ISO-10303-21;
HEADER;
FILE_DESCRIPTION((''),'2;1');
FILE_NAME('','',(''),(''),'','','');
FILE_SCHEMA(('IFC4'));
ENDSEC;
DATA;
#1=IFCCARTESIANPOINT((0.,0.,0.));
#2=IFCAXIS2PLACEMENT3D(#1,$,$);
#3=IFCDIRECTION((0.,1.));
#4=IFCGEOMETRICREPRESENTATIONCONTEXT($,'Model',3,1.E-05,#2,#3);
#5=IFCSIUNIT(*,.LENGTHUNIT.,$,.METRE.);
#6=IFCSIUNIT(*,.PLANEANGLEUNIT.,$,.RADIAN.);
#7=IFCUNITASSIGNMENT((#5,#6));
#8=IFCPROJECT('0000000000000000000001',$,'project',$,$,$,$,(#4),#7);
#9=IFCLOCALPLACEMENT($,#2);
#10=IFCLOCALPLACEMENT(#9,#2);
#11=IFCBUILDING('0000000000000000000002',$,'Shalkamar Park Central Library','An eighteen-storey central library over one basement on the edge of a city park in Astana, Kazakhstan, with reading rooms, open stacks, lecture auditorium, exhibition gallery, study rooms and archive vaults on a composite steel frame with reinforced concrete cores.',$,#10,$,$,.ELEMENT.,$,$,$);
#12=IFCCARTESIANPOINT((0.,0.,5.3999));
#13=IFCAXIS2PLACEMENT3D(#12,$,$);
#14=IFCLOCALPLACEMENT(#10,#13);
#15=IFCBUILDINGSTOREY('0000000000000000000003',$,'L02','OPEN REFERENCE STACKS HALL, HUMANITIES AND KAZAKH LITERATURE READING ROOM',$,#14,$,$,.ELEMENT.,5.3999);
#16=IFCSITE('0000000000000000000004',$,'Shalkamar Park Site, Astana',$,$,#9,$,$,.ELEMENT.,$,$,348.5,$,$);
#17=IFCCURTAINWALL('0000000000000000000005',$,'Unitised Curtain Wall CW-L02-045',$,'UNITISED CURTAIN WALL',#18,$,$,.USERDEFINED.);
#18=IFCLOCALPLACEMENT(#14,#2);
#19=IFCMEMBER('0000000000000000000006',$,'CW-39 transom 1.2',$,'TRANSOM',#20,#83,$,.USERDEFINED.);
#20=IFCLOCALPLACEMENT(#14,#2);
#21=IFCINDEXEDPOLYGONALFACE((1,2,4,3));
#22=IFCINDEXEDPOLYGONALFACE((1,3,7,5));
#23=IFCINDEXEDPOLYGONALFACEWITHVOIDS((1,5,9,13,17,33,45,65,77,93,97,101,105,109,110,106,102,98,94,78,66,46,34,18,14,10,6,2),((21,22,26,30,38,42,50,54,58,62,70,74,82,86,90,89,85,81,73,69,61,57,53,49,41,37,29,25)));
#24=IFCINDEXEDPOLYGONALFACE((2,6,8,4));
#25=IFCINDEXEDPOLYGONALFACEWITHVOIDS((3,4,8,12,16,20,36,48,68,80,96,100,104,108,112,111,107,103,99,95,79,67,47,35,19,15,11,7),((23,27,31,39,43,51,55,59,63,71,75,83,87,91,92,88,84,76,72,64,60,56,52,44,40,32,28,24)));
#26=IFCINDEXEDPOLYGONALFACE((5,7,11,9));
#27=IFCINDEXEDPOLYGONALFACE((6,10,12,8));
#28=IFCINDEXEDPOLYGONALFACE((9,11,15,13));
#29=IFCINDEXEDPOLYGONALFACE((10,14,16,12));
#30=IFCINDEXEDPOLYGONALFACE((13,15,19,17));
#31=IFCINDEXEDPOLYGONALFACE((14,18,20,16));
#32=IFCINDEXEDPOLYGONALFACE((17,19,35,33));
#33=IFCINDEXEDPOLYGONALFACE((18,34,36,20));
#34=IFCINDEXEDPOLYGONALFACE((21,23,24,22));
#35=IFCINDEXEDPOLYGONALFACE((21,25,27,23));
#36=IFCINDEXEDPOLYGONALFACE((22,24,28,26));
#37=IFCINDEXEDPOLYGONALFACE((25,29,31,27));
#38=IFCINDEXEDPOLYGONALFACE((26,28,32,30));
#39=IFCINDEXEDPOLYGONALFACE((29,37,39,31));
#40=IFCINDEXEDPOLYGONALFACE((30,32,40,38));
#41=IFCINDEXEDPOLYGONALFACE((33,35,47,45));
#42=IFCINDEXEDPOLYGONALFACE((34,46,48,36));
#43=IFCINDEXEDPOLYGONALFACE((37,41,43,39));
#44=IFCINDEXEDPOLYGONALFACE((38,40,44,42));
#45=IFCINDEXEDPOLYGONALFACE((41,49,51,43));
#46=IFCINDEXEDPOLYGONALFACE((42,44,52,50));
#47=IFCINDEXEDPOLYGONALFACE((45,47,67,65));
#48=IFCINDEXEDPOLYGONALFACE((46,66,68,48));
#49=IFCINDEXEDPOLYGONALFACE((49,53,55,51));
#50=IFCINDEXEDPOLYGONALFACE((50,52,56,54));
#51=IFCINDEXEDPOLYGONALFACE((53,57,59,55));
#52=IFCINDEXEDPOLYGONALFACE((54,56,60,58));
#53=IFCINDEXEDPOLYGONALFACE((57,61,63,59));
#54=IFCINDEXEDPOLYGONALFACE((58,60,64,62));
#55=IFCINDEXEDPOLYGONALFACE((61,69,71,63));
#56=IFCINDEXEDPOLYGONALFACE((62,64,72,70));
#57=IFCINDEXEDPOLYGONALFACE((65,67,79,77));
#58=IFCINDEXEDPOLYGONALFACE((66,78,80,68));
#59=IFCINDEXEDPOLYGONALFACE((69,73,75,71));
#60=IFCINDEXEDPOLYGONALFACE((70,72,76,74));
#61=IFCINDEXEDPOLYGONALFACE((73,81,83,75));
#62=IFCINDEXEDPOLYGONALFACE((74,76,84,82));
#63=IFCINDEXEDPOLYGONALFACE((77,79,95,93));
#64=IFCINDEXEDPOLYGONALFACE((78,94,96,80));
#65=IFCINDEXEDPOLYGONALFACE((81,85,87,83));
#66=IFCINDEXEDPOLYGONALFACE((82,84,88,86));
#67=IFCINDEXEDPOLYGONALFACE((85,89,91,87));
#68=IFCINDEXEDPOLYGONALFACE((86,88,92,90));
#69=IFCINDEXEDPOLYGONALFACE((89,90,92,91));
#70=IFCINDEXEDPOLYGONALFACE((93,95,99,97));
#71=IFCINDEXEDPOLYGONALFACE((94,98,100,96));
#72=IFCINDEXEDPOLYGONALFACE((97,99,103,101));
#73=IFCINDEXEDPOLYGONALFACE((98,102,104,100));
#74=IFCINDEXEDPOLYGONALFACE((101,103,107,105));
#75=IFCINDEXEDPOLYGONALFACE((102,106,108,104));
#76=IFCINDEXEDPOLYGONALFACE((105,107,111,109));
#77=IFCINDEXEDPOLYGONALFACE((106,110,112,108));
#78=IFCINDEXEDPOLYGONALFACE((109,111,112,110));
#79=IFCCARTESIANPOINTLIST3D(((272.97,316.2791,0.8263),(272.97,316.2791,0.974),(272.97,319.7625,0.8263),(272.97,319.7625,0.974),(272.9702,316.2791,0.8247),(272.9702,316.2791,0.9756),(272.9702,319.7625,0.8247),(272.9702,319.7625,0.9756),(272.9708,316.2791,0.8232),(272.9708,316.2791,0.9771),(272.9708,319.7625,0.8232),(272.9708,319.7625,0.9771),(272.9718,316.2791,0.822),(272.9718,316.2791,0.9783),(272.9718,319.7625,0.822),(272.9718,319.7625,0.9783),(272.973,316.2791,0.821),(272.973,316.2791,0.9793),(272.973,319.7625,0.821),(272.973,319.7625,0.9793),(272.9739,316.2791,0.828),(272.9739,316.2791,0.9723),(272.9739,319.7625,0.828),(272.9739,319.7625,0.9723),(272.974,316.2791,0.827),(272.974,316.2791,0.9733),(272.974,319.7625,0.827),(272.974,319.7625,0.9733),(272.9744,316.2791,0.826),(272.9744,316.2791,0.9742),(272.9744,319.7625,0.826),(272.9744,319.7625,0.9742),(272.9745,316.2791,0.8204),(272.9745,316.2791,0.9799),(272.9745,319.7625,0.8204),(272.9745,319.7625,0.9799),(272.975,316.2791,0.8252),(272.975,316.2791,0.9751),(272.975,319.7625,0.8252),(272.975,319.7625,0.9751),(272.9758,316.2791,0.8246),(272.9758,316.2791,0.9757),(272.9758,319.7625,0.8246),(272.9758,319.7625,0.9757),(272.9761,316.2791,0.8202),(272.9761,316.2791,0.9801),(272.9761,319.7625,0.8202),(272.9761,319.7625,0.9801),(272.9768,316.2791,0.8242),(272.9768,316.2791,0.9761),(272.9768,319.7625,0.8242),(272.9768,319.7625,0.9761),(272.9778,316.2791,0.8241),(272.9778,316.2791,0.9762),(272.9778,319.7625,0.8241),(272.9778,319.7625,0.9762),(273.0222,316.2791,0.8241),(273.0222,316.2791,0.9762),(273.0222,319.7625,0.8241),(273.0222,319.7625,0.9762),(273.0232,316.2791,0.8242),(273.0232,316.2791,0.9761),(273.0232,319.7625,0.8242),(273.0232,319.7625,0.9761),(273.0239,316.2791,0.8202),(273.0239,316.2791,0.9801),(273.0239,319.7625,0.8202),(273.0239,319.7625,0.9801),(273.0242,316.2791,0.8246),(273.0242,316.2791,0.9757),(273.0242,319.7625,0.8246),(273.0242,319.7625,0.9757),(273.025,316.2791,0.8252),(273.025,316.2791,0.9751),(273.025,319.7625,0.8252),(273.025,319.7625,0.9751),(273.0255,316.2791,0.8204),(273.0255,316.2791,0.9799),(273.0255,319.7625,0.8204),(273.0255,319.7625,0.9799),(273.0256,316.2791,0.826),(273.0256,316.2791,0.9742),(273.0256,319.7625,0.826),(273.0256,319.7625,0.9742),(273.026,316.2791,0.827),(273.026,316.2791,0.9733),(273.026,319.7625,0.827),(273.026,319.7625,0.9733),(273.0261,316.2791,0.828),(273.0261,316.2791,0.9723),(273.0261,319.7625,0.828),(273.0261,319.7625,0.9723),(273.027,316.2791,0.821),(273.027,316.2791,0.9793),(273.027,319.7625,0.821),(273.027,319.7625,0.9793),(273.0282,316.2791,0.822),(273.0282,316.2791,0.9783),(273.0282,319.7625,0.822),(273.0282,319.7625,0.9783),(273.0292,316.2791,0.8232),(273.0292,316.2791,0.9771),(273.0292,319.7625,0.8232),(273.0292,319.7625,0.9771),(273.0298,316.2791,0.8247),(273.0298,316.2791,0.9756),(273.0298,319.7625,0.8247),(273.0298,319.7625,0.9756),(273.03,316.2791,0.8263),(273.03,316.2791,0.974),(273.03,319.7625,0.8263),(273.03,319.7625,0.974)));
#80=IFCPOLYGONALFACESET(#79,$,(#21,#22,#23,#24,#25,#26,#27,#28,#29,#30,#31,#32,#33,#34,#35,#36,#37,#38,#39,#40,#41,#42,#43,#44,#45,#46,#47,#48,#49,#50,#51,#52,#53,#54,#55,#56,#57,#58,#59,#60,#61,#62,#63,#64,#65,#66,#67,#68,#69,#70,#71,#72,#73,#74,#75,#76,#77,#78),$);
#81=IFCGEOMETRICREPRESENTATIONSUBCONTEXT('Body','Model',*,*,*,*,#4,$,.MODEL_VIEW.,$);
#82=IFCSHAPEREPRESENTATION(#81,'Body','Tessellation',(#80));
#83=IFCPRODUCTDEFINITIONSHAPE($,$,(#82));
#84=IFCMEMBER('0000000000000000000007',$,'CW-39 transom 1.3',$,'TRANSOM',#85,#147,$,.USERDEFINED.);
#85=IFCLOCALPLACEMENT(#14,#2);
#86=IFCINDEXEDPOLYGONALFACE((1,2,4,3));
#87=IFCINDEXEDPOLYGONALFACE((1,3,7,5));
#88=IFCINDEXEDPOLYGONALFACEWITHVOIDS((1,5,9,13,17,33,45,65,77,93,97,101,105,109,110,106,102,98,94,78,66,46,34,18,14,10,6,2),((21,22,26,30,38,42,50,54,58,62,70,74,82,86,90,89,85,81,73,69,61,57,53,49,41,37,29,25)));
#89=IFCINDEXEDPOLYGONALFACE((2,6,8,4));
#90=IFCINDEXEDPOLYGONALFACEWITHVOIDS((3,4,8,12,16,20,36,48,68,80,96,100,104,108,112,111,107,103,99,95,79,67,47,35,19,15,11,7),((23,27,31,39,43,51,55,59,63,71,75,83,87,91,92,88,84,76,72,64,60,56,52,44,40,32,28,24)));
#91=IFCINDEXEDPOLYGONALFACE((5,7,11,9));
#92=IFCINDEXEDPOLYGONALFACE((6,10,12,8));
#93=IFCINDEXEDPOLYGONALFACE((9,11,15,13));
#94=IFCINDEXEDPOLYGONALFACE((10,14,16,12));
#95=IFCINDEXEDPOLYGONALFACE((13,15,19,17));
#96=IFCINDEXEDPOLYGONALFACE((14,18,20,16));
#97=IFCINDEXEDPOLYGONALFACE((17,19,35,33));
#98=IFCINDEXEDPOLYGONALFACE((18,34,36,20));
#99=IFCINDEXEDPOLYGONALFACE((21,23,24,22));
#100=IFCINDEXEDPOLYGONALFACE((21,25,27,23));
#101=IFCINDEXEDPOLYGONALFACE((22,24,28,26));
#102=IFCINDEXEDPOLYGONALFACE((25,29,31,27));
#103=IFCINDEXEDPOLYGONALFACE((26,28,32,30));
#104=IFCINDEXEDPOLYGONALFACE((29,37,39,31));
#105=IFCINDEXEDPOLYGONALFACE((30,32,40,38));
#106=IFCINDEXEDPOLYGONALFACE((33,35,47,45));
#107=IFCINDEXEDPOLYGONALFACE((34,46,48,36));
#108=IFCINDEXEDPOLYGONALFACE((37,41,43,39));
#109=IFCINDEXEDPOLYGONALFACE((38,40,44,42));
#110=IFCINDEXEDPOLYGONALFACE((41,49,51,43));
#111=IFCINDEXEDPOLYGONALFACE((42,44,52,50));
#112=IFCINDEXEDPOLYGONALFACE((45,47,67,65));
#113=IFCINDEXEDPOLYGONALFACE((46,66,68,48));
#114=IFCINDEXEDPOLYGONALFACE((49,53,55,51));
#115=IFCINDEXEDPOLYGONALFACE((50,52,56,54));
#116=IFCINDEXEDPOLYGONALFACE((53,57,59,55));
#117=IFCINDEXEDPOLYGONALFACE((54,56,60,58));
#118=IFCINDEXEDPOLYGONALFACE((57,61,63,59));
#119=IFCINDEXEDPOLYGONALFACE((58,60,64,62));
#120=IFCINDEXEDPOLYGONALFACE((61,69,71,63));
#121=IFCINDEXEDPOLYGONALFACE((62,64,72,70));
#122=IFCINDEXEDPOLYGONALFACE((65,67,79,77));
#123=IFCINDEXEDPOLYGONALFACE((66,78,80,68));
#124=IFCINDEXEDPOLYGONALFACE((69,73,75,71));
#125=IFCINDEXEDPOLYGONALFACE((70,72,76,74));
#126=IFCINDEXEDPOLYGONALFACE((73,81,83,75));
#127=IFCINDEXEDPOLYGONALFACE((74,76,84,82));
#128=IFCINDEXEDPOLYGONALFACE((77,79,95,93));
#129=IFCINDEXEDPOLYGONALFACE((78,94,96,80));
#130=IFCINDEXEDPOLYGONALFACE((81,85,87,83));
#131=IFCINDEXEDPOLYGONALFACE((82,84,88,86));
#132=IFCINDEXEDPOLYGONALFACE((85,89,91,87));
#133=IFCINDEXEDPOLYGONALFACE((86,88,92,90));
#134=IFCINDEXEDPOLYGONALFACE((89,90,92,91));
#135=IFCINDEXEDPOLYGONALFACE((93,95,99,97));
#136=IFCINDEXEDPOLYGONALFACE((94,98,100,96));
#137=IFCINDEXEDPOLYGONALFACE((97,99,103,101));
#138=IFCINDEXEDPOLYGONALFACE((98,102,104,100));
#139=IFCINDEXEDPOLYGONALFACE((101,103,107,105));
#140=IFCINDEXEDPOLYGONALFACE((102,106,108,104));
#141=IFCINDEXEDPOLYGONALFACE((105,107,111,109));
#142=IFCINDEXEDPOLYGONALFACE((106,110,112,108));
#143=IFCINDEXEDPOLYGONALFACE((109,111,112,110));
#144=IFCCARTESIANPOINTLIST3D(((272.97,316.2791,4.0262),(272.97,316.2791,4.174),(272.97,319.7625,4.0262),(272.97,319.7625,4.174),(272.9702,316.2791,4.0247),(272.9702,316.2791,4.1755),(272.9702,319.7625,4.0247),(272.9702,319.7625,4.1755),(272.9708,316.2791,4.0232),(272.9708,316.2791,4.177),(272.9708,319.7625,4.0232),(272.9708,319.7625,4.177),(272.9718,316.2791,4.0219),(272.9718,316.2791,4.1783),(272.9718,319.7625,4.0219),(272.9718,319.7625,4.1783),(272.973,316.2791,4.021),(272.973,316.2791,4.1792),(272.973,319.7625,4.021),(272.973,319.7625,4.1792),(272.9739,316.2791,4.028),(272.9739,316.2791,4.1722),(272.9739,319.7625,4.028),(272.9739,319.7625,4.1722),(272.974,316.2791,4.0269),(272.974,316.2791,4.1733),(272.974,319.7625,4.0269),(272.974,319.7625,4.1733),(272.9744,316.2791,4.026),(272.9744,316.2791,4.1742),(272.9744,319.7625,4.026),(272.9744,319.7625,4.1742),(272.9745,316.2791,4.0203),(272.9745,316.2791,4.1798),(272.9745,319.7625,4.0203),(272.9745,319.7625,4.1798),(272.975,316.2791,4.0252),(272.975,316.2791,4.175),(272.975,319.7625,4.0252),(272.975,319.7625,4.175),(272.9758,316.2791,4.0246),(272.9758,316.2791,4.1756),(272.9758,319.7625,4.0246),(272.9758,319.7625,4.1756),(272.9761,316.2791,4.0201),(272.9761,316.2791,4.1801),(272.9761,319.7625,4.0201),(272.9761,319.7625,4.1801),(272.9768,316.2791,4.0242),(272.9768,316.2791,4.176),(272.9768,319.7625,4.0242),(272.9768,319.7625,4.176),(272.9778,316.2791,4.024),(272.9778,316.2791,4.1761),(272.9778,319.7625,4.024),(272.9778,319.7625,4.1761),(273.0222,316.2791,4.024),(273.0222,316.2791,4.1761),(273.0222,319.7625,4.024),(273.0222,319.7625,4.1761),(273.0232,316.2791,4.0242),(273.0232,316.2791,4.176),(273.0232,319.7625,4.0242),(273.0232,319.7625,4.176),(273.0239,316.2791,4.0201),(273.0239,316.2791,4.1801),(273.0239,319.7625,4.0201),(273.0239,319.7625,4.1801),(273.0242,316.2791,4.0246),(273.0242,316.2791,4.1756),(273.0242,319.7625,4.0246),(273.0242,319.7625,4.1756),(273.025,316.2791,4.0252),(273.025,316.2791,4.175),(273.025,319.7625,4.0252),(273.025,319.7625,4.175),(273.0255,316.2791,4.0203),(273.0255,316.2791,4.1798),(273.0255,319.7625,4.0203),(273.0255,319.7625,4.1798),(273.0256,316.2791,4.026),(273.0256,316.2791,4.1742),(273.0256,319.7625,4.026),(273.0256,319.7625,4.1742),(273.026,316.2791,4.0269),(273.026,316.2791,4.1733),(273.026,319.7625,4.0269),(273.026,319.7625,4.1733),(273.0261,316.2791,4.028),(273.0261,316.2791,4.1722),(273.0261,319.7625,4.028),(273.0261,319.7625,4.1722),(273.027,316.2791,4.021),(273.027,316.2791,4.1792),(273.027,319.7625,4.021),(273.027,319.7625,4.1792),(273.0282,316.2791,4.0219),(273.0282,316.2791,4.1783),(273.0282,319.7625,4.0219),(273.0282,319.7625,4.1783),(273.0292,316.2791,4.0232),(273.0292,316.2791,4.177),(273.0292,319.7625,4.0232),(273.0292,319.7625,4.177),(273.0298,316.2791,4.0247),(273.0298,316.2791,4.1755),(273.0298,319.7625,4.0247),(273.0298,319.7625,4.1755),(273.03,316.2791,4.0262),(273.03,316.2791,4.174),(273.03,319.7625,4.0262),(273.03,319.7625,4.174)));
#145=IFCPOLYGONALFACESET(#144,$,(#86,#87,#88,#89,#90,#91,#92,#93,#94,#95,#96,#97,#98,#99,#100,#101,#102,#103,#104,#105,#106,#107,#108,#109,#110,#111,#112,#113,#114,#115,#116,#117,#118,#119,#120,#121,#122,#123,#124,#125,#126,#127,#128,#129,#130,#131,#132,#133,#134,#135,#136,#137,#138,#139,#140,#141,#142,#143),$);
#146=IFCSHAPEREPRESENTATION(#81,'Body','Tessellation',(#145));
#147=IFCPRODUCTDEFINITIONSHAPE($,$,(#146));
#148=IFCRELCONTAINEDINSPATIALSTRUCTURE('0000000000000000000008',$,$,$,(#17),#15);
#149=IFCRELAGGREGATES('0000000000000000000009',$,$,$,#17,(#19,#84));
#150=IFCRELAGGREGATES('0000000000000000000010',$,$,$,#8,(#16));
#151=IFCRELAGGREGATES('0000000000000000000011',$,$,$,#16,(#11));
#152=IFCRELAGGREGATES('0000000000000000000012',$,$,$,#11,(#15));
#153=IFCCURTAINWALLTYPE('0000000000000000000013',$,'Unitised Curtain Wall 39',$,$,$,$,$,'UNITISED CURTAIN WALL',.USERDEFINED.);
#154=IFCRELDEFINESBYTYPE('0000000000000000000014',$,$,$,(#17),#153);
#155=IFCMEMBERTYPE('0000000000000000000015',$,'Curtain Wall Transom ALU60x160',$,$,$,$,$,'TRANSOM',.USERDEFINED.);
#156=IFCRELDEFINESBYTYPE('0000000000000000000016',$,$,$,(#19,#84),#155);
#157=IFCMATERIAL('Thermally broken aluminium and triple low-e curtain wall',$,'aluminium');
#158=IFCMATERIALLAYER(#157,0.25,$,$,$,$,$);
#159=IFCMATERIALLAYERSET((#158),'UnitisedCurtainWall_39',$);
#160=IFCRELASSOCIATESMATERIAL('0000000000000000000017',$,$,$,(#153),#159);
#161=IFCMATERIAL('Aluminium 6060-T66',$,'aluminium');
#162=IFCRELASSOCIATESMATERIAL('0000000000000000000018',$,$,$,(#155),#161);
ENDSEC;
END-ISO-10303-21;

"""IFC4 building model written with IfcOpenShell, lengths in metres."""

from ifc_helpers import new_model, si_unit, direction, frame, origin, origin_2d, place, context, subcontext, project, spatial, hollow_rectangle, extrude, material, layer, layer_set, material_profile, profile_set, type_object, element, aggregate, save


model = new_model("IFC4")

# Units and contexts
model_context = context("Model", 3, precision=1e-05, world=origin(), true_north=direction((0.0, 1.0)))
body_context = subcontext(model_context, "Body", "Model", "MODEL_VIEW")
ifc_project = project(units=[si_unit("LENGTHUNIT", "METRE"), si_unit("PLANEANGLEUNIT", "RADIAN")], contexts=[model_context])

# Site, building, storey
site_placement = place(None, origin())
site = spatial("IfcSite", under=ifc_project, at=site_placement, Name="Shalkamar Park Site, Astana", CompositionType="ELEMENT", RefElevation=348.5)
building_placement = place(site_placement, origin())
building = spatial("IfcBuilding", under=site, at=building_placement, Name="Shalkamar Park Central Library", Description="An eighteen-storey central library over one basement on the edge of a city park in Astana, Kazakhstan, with reading rooms, open stacks, lecture auditorium, exhibition gallery, study rooms and archive vaults on a composite steel frame with reinforced concrete cores.", CompositionType="ELEMENT")
storey_placement = place(building_placement, frame((0.0, 0.0, 5.3999)))
storey = spatial("IfcBuildingStorey", under=building, at=storey_placement, Name="L02", Description="OPEN REFERENCE STACKS HALL, HUMANITIES AND KAZAKH LITERATURE READING ROOM", CompositionType="ELEMENT", Elevation=5.3999)

# Curtain wall, members
ifc_material_1 = material(Name="Thermally broken aluminium and triple low-e curtain wall", Category="aluminium")
ifc_layer_1 = layer(ifc_material_1, 0.25)
ifc_layer_set_1 = layer_set([ifc_layer_1], Name="UnitisedCurtainWall_39")
curtain_wall_type = type_object("IfcCurtainWallType", Name="Unitised Curtain Wall 39", ElementType="UNITISED CURTAIN WALL", PredefinedType="USERDEFINED", material=ifc_layer_set_1)
curtain_wall_placement = place(storey_placement, origin())
curtain_wall = element("IfcCurtainWall", 1, at=curtain_wall_placement, inside=storey, type_object=curtain_wall_type, Name="Unitised Curtain Wall CW-L02-045", ObjectType="UNITISED CURTAIN WALL", PredefinedType="USERDEFINED")
ifc_material_2 = material(Name="Aluminium 6060-T66", Category="aluminium")
ifc_material_profile_1 = material_profile(ifc_material_2, hollow_rectangle(XDim=0.0601, YDim=0.1599, WallThickness=0.0039, InnerFilletRadius=0.0039, OuterFilletRadius=0.0061, at=origin_2d()), Name="ALU 60x160x4")
ifc_profile_set_1 = profile_set([ifc_material_profile_1], Name="Aluminium 6060-T66")
member_type_1 = type_object("IfcMemberType", Name="Curtain Wall Transom ALU60x160", ElementType="TRANSOM", PredefinedType="USERDEFINED", material=ifc_profile_set_1)
member_1_placement = place(storey_placement, frame((273.0, 316.2791, 0.9001), z_axis=(0.0, 1.0, 0.0), x_axis=(-1.0, 0.0, 0.0)))
member_1 = element("IfcMember", 2, at=member_1_placement, type_object=member_type_1, Name="CW-39 transom 1.2", ObjectType="TRANSOM", PredefinedType="USERDEFINED", context=body_context, shape_type="SweptSolid", body=[
    extrude(hollow_rectangle(XDim=0.0601, YDim=0.1599, WallThickness=0.0039, InnerFilletRadius=0.0039, OuterFilletRadius=0.0061, at=origin_2d()), origin(), (0.0, 0.0, 1.0), 3.4834),
])
member_2_placement = place(storey_placement, frame((273.0, 316.2791, 4.1001), z_axis=(0.0, 1.0, 0.0), x_axis=(-1.0, 0.0, 0.0)))
member_2 = element("IfcMember", 3, at=member_2_placement, type_object=member_type_1, Name="CW-39 transom 1.3", ObjectType="TRANSOM", PredefinedType="USERDEFINED", context=body_context, shape_type="SweptSolid", body=[
    extrude(hollow_rectangle(XDim=0.0601, YDim=0.1599, WallThickness=0.0039, InnerFilletRadius=0.0039, OuterFilletRadius=0.0061, at=origin_2d()), origin(), (0.0, 0.0, 1.0), 3.4834),
])

aggregate(curtain_wall, [member_1, member_2])

save(model, "model.ifc")
